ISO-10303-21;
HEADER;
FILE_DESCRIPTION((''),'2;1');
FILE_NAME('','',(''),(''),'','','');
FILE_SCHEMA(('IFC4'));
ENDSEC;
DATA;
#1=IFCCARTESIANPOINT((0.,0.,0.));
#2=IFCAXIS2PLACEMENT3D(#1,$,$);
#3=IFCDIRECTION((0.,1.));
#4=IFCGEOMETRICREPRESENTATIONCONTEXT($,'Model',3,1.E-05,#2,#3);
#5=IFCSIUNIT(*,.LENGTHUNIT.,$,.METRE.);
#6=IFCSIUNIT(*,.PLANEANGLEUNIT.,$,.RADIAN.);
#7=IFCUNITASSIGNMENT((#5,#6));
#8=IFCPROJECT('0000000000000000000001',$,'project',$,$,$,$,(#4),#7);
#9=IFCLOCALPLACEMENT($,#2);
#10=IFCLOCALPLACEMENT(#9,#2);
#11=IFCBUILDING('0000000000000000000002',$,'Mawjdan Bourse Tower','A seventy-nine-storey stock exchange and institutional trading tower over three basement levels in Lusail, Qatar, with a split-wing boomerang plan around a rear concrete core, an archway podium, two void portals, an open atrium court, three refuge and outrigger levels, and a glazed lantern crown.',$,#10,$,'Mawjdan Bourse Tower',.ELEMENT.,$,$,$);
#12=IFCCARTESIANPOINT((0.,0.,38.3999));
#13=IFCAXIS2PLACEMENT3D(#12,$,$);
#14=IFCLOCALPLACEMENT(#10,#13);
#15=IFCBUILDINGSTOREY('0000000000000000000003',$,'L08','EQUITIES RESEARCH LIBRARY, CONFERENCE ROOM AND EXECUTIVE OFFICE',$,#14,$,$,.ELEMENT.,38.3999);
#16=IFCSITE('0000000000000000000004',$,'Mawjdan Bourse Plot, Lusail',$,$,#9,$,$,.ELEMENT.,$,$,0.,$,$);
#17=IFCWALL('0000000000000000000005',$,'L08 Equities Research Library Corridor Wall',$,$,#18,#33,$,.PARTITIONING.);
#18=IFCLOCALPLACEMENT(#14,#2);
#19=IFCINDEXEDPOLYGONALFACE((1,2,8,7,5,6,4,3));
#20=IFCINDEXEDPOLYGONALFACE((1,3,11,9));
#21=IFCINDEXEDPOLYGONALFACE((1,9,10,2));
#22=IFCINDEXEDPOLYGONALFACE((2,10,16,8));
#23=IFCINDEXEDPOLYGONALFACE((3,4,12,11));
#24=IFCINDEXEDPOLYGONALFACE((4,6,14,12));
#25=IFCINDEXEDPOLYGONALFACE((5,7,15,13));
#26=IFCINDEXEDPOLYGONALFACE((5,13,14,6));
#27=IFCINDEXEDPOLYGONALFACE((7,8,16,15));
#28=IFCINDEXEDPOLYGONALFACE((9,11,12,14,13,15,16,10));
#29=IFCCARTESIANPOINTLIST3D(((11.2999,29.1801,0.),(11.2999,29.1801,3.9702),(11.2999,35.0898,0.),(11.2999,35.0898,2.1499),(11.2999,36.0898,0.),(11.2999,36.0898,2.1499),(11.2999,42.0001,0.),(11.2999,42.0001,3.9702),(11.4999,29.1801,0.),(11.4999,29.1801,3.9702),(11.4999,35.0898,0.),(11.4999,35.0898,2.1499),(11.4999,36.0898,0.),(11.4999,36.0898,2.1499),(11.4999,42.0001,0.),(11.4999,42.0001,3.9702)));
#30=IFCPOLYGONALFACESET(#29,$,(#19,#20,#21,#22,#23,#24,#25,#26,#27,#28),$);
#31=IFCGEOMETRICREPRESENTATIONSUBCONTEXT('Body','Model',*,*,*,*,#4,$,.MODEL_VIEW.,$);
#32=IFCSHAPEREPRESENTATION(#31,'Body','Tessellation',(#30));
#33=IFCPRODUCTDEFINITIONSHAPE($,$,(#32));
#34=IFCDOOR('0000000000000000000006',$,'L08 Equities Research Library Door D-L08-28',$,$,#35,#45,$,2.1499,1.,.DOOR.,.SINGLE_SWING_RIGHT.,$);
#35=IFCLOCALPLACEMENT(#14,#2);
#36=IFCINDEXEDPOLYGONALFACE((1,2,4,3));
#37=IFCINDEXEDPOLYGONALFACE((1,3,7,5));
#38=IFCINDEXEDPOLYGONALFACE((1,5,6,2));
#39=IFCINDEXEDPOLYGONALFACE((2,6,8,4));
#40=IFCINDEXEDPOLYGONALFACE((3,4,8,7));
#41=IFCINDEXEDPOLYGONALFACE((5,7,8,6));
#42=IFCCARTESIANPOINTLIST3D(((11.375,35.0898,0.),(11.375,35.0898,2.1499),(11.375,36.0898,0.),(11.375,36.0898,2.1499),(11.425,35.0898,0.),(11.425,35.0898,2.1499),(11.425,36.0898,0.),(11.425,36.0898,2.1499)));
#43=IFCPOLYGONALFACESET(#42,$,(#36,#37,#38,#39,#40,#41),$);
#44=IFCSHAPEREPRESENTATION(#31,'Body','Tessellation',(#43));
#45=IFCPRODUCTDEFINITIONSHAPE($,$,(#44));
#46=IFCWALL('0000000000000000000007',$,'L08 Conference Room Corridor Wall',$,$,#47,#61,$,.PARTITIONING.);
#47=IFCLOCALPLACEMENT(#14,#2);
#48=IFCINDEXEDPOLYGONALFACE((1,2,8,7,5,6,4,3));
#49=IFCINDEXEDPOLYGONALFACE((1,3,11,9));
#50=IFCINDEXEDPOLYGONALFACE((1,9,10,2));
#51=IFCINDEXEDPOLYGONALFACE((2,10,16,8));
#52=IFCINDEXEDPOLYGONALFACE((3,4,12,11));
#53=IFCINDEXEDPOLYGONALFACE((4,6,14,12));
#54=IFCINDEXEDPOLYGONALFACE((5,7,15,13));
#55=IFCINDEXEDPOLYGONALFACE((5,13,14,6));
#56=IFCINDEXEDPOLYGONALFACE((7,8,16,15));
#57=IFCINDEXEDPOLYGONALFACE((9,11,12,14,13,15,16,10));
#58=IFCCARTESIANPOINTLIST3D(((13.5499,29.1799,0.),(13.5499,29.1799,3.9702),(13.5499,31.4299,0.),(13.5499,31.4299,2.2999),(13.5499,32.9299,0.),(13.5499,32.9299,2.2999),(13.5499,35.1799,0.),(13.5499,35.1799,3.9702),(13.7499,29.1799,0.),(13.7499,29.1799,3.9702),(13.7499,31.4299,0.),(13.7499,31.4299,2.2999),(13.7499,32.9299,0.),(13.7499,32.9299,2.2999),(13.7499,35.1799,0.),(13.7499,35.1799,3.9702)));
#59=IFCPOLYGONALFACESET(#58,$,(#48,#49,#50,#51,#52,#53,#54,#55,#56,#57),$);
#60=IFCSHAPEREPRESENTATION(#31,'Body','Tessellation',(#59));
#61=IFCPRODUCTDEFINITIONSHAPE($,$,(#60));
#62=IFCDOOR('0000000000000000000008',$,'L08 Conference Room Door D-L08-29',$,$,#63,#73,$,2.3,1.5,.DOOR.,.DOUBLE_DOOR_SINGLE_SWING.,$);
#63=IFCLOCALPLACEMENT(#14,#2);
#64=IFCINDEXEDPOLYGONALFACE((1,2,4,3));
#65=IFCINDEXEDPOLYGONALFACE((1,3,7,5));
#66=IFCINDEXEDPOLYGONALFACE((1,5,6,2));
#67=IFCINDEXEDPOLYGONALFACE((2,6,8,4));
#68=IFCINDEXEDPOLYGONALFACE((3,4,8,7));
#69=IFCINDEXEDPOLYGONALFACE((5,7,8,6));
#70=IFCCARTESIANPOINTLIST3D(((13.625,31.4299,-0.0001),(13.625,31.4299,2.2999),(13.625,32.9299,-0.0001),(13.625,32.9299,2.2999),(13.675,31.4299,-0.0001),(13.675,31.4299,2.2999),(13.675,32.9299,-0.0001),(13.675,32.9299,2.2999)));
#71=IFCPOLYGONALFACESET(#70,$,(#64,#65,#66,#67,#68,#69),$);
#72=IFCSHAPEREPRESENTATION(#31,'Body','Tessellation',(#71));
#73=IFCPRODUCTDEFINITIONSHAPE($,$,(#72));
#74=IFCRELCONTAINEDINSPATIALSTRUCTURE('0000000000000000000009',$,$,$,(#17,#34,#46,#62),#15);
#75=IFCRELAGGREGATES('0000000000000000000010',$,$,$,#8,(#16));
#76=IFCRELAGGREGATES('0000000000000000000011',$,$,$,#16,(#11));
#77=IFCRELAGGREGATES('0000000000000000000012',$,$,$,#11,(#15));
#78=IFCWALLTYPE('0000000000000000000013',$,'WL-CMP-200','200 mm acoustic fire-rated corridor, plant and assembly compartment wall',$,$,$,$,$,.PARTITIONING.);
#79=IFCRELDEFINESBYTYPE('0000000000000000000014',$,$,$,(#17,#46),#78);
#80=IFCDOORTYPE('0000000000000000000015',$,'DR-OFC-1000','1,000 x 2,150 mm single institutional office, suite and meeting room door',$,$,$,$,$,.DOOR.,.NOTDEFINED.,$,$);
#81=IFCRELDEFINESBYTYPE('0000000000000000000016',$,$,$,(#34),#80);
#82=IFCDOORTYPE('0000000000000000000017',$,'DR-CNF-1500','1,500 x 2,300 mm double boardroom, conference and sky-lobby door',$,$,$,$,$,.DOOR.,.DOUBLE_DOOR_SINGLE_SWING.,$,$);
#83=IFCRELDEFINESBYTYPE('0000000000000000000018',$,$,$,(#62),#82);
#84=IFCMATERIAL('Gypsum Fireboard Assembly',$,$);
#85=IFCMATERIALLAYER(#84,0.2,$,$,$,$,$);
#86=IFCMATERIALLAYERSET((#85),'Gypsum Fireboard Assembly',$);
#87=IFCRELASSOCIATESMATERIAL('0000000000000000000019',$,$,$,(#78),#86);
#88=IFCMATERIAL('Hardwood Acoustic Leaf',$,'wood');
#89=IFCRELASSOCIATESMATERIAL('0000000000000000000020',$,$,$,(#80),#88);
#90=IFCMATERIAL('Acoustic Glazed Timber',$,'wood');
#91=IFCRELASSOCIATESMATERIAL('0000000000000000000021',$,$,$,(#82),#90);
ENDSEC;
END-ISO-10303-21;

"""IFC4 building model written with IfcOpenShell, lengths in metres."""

from ifc_helpers import new_model, si_unit, direction, frame, frame_2d, origin, place, context, subcontext, project, spatial, rectangle, extrude, material, layer, layer_set, type_object, element, fill, save


model = new_model("IFC4")

# Units and contexts
model_context = context("Model", 3, precision=1e-05, world=origin(), true_north=direction((0.0, 1.0)))
body_context = subcontext(model_context, "Body", "Model", "MODEL_VIEW")
ifc_project = project(units=[si_unit("LENGTHUNIT", "METRE"), si_unit("PLANEANGLEUNIT", "RADIAN")], contexts=[model_context])

# Site, building, storey
site_placement = place(None, origin())
site = spatial("IfcSite", under=ifc_project, at=site_placement, Name="Mawjdan Bourse Plot, Lusail", CompositionType="ELEMENT", RefElevation=0.0)
building_placement = place(site_placement, origin())
building = spatial("IfcBuilding", under=site, at=building_placement, Name="Mawjdan Bourse Tower", Description="A seventy-nine-storey stock exchange and institutional trading tower over three basement levels in Lusail, Qatar, with a split-wing boomerang plan around a rear concrete core, an archway podium, two void portals, an open atrium court, three refuge and outrigger levels, and a glazed lantern crown.", LongName="Mawjdan Bourse Tower", CompositionType="ELEMENT")
storey_placement = place(building_placement, frame((0.0, 0.0, 38.3999)))
storey = spatial("IfcBuildingStorey", under=building, at=storey_placement, Name="L08", Description="EQUITIES RESEARCH LIBRARY, CONFERENCE ROOM AND EXECUTIVE OFFICE", CompositionType="ELEMENT", Elevation=38.3999)

# Shared definitions
ifc_material_1 = material(Name="Gypsum Fireboard Assembly")
ifc_layer = layer(ifc_material_1, 0.2)
ifc_layer_set = layer_set([ifc_layer], Name="Gypsum Fireboard Assembly")
wall_type = type_object("IfcWallType", Name="WL-CMP-200", Description="200 mm acoustic fire-rated corridor, plant and assembly compartment wall", PredefinedType="PARTITIONING", material=ifc_layer_set)
ifc_material_2 = material(Name="Hardwood Acoustic Leaf", Category="wood")
door_type_1 = type_object("IfcDoorType", Name="DR-OFC-1000", Description="1,000 x 2,150 mm single institutional office, suite and meeting room door", OperationType="NOTDEFINED", PredefinedType="DOOR", material=ifc_material_2)

# Walls, openings, doors
wall_1_placement = place(storey_placement, frame((11.3999, 29.1799, 0.0), z_axis=(0.0, 0.0, 1.0), x_axis=(0.0, 1.0, 0.0)))
wall_1 = element("IfcWall", 1, at=wall_1_placement, inside=storey, type_object=wall_type, Name="L08 Equities Research Library Corridor Wall", PredefinedType="PARTITIONING", context=body_context, shape_type="SweptSolid", body=[
    extrude(rectangle(XDim=12.8201, YDim=0.2, at=frame_2d((6.4102, 0.0))), origin(), (0.0, 0.0, 1.0), 3.9702),
])
opening_1_placement = place(wall_1_placement, frame((5.9099, 0.0, 0.0)))
opening_1 = element("IfcOpeningElement", 2, at=opening_1_placement, cuts=wall_1, PredefinedType="OPENING", context=body_context, shape_type="SweptSolid", body=[
    extrude(rectangle(XDim=1.0, YDim=2.1499, at=frame_2d((0.5, 1.075))), frame((0.0, 0.1099, 0.0), z_axis=(0.0, -1.0, 0.0), x_axis=(1.0, 0.0, 0.0)), (0.0, 0.0, 1.0), 0.22),
])
door_1_placement = place(opening_1_placement, origin())
door_1 = element("IfcDoor", 3, at=door_1_placement, inside=storey, type_object=door_type_1, Name="L08 Equities Research Library Door D-L08-28", OperationType="SINGLE_SWING_RIGHT", OverallHeight=2.1499, OverallWidth=1.0, PredefinedType="DOOR", context=body_context, shape_type="SweptSolid", body=[
    extrude(rectangle(XDim=1.0, YDim=2.1499, at=frame_2d((0.5, 1.075))), frame((0.0, 0.0249, 0.0), z_axis=(0.0, -1.0, 0.0), x_axis=(1.0, 0.0, 0.0)), (0.0, 0.0, 1.0), 0.05),
])
fill(opening_1, door_1)
wall_2_placement = place(storey_placement, frame((13.6499, 29.1799, 0.0), z_axis=(0.0, 0.0, 1.0), x_axis=(0.0, 1.0, 0.0)))
wall_2 = element("IfcWall", 4, at=wall_2_placement, inside=storey, type_object=wall_type, Name="L08 Conference Room Corridor Wall", PredefinedType="PARTITIONING", context=body_context, shape_type="SweptSolid", body=[
    extrude(rectangle(XDim=6.0, YDim=0.2, at=frame_2d((3.0, 0.0))), origin(), (0.0, 0.0, 1.0), 3.9702),
])
opening_2_placement = place(wall_2_placement, frame((2.25, 0.0, 0.0)))
opening_2 = element("IfcOpeningElement", 5, at=opening_2_placement, cuts=wall_2, PredefinedType="OPENING", context=body_context, shape_type="SweptSolid", body=[
    extrude(rectangle(XDim=1.5, YDim=2.3, at=frame_2d((0.75, 1.1499))), frame((0.0, 0.1099, 0.0), z_axis=(0.0, -1.0, 0.0), x_axis=(1.0, 0.0, 0.0)), (0.0, 0.0, 1.0), 0.22),
])
ifc_material_3 = material(Name="Acoustic Glazed Timber", Category="wood")
door_type_2 = type_object("IfcDoorType", Name="DR-CNF-1500", Description="1,500 x 2,300 mm double boardroom, conference and sky-lobby door", OperationType="DOUBLE_DOOR_SINGLE_SWING", PredefinedType="DOOR", material=ifc_material_3)
door_2_placement = place(opening_2_placement, origin())
door_2 = element("IfcDoor", 6, at=door_2_placement, inside=storey, type_object=door_type_2, Name="L08 Conference Room Door D-L08-29", OperationType="DOUBLE_DOOR_SINGLE_SWING", OverallHeight=2.3, OverallWidth=1.5, PredefinedType="DOOR", context=body_context, shape_type="SweptSolid", body=[
    extrude(rectangle(XDim=1.5, YDim=2.3, at=frame_2d((0.75, 1.1499))), frame((0.0, 0.0249, 0.0), z_axis=(0.0, -1.0, 0.0), x_axis=(1.0, 0.0, 0.0)), (0.0, 0.0, 1.0), 0.05),
])
fill(opening_2, door_2)

save(model, "model.ifc")
